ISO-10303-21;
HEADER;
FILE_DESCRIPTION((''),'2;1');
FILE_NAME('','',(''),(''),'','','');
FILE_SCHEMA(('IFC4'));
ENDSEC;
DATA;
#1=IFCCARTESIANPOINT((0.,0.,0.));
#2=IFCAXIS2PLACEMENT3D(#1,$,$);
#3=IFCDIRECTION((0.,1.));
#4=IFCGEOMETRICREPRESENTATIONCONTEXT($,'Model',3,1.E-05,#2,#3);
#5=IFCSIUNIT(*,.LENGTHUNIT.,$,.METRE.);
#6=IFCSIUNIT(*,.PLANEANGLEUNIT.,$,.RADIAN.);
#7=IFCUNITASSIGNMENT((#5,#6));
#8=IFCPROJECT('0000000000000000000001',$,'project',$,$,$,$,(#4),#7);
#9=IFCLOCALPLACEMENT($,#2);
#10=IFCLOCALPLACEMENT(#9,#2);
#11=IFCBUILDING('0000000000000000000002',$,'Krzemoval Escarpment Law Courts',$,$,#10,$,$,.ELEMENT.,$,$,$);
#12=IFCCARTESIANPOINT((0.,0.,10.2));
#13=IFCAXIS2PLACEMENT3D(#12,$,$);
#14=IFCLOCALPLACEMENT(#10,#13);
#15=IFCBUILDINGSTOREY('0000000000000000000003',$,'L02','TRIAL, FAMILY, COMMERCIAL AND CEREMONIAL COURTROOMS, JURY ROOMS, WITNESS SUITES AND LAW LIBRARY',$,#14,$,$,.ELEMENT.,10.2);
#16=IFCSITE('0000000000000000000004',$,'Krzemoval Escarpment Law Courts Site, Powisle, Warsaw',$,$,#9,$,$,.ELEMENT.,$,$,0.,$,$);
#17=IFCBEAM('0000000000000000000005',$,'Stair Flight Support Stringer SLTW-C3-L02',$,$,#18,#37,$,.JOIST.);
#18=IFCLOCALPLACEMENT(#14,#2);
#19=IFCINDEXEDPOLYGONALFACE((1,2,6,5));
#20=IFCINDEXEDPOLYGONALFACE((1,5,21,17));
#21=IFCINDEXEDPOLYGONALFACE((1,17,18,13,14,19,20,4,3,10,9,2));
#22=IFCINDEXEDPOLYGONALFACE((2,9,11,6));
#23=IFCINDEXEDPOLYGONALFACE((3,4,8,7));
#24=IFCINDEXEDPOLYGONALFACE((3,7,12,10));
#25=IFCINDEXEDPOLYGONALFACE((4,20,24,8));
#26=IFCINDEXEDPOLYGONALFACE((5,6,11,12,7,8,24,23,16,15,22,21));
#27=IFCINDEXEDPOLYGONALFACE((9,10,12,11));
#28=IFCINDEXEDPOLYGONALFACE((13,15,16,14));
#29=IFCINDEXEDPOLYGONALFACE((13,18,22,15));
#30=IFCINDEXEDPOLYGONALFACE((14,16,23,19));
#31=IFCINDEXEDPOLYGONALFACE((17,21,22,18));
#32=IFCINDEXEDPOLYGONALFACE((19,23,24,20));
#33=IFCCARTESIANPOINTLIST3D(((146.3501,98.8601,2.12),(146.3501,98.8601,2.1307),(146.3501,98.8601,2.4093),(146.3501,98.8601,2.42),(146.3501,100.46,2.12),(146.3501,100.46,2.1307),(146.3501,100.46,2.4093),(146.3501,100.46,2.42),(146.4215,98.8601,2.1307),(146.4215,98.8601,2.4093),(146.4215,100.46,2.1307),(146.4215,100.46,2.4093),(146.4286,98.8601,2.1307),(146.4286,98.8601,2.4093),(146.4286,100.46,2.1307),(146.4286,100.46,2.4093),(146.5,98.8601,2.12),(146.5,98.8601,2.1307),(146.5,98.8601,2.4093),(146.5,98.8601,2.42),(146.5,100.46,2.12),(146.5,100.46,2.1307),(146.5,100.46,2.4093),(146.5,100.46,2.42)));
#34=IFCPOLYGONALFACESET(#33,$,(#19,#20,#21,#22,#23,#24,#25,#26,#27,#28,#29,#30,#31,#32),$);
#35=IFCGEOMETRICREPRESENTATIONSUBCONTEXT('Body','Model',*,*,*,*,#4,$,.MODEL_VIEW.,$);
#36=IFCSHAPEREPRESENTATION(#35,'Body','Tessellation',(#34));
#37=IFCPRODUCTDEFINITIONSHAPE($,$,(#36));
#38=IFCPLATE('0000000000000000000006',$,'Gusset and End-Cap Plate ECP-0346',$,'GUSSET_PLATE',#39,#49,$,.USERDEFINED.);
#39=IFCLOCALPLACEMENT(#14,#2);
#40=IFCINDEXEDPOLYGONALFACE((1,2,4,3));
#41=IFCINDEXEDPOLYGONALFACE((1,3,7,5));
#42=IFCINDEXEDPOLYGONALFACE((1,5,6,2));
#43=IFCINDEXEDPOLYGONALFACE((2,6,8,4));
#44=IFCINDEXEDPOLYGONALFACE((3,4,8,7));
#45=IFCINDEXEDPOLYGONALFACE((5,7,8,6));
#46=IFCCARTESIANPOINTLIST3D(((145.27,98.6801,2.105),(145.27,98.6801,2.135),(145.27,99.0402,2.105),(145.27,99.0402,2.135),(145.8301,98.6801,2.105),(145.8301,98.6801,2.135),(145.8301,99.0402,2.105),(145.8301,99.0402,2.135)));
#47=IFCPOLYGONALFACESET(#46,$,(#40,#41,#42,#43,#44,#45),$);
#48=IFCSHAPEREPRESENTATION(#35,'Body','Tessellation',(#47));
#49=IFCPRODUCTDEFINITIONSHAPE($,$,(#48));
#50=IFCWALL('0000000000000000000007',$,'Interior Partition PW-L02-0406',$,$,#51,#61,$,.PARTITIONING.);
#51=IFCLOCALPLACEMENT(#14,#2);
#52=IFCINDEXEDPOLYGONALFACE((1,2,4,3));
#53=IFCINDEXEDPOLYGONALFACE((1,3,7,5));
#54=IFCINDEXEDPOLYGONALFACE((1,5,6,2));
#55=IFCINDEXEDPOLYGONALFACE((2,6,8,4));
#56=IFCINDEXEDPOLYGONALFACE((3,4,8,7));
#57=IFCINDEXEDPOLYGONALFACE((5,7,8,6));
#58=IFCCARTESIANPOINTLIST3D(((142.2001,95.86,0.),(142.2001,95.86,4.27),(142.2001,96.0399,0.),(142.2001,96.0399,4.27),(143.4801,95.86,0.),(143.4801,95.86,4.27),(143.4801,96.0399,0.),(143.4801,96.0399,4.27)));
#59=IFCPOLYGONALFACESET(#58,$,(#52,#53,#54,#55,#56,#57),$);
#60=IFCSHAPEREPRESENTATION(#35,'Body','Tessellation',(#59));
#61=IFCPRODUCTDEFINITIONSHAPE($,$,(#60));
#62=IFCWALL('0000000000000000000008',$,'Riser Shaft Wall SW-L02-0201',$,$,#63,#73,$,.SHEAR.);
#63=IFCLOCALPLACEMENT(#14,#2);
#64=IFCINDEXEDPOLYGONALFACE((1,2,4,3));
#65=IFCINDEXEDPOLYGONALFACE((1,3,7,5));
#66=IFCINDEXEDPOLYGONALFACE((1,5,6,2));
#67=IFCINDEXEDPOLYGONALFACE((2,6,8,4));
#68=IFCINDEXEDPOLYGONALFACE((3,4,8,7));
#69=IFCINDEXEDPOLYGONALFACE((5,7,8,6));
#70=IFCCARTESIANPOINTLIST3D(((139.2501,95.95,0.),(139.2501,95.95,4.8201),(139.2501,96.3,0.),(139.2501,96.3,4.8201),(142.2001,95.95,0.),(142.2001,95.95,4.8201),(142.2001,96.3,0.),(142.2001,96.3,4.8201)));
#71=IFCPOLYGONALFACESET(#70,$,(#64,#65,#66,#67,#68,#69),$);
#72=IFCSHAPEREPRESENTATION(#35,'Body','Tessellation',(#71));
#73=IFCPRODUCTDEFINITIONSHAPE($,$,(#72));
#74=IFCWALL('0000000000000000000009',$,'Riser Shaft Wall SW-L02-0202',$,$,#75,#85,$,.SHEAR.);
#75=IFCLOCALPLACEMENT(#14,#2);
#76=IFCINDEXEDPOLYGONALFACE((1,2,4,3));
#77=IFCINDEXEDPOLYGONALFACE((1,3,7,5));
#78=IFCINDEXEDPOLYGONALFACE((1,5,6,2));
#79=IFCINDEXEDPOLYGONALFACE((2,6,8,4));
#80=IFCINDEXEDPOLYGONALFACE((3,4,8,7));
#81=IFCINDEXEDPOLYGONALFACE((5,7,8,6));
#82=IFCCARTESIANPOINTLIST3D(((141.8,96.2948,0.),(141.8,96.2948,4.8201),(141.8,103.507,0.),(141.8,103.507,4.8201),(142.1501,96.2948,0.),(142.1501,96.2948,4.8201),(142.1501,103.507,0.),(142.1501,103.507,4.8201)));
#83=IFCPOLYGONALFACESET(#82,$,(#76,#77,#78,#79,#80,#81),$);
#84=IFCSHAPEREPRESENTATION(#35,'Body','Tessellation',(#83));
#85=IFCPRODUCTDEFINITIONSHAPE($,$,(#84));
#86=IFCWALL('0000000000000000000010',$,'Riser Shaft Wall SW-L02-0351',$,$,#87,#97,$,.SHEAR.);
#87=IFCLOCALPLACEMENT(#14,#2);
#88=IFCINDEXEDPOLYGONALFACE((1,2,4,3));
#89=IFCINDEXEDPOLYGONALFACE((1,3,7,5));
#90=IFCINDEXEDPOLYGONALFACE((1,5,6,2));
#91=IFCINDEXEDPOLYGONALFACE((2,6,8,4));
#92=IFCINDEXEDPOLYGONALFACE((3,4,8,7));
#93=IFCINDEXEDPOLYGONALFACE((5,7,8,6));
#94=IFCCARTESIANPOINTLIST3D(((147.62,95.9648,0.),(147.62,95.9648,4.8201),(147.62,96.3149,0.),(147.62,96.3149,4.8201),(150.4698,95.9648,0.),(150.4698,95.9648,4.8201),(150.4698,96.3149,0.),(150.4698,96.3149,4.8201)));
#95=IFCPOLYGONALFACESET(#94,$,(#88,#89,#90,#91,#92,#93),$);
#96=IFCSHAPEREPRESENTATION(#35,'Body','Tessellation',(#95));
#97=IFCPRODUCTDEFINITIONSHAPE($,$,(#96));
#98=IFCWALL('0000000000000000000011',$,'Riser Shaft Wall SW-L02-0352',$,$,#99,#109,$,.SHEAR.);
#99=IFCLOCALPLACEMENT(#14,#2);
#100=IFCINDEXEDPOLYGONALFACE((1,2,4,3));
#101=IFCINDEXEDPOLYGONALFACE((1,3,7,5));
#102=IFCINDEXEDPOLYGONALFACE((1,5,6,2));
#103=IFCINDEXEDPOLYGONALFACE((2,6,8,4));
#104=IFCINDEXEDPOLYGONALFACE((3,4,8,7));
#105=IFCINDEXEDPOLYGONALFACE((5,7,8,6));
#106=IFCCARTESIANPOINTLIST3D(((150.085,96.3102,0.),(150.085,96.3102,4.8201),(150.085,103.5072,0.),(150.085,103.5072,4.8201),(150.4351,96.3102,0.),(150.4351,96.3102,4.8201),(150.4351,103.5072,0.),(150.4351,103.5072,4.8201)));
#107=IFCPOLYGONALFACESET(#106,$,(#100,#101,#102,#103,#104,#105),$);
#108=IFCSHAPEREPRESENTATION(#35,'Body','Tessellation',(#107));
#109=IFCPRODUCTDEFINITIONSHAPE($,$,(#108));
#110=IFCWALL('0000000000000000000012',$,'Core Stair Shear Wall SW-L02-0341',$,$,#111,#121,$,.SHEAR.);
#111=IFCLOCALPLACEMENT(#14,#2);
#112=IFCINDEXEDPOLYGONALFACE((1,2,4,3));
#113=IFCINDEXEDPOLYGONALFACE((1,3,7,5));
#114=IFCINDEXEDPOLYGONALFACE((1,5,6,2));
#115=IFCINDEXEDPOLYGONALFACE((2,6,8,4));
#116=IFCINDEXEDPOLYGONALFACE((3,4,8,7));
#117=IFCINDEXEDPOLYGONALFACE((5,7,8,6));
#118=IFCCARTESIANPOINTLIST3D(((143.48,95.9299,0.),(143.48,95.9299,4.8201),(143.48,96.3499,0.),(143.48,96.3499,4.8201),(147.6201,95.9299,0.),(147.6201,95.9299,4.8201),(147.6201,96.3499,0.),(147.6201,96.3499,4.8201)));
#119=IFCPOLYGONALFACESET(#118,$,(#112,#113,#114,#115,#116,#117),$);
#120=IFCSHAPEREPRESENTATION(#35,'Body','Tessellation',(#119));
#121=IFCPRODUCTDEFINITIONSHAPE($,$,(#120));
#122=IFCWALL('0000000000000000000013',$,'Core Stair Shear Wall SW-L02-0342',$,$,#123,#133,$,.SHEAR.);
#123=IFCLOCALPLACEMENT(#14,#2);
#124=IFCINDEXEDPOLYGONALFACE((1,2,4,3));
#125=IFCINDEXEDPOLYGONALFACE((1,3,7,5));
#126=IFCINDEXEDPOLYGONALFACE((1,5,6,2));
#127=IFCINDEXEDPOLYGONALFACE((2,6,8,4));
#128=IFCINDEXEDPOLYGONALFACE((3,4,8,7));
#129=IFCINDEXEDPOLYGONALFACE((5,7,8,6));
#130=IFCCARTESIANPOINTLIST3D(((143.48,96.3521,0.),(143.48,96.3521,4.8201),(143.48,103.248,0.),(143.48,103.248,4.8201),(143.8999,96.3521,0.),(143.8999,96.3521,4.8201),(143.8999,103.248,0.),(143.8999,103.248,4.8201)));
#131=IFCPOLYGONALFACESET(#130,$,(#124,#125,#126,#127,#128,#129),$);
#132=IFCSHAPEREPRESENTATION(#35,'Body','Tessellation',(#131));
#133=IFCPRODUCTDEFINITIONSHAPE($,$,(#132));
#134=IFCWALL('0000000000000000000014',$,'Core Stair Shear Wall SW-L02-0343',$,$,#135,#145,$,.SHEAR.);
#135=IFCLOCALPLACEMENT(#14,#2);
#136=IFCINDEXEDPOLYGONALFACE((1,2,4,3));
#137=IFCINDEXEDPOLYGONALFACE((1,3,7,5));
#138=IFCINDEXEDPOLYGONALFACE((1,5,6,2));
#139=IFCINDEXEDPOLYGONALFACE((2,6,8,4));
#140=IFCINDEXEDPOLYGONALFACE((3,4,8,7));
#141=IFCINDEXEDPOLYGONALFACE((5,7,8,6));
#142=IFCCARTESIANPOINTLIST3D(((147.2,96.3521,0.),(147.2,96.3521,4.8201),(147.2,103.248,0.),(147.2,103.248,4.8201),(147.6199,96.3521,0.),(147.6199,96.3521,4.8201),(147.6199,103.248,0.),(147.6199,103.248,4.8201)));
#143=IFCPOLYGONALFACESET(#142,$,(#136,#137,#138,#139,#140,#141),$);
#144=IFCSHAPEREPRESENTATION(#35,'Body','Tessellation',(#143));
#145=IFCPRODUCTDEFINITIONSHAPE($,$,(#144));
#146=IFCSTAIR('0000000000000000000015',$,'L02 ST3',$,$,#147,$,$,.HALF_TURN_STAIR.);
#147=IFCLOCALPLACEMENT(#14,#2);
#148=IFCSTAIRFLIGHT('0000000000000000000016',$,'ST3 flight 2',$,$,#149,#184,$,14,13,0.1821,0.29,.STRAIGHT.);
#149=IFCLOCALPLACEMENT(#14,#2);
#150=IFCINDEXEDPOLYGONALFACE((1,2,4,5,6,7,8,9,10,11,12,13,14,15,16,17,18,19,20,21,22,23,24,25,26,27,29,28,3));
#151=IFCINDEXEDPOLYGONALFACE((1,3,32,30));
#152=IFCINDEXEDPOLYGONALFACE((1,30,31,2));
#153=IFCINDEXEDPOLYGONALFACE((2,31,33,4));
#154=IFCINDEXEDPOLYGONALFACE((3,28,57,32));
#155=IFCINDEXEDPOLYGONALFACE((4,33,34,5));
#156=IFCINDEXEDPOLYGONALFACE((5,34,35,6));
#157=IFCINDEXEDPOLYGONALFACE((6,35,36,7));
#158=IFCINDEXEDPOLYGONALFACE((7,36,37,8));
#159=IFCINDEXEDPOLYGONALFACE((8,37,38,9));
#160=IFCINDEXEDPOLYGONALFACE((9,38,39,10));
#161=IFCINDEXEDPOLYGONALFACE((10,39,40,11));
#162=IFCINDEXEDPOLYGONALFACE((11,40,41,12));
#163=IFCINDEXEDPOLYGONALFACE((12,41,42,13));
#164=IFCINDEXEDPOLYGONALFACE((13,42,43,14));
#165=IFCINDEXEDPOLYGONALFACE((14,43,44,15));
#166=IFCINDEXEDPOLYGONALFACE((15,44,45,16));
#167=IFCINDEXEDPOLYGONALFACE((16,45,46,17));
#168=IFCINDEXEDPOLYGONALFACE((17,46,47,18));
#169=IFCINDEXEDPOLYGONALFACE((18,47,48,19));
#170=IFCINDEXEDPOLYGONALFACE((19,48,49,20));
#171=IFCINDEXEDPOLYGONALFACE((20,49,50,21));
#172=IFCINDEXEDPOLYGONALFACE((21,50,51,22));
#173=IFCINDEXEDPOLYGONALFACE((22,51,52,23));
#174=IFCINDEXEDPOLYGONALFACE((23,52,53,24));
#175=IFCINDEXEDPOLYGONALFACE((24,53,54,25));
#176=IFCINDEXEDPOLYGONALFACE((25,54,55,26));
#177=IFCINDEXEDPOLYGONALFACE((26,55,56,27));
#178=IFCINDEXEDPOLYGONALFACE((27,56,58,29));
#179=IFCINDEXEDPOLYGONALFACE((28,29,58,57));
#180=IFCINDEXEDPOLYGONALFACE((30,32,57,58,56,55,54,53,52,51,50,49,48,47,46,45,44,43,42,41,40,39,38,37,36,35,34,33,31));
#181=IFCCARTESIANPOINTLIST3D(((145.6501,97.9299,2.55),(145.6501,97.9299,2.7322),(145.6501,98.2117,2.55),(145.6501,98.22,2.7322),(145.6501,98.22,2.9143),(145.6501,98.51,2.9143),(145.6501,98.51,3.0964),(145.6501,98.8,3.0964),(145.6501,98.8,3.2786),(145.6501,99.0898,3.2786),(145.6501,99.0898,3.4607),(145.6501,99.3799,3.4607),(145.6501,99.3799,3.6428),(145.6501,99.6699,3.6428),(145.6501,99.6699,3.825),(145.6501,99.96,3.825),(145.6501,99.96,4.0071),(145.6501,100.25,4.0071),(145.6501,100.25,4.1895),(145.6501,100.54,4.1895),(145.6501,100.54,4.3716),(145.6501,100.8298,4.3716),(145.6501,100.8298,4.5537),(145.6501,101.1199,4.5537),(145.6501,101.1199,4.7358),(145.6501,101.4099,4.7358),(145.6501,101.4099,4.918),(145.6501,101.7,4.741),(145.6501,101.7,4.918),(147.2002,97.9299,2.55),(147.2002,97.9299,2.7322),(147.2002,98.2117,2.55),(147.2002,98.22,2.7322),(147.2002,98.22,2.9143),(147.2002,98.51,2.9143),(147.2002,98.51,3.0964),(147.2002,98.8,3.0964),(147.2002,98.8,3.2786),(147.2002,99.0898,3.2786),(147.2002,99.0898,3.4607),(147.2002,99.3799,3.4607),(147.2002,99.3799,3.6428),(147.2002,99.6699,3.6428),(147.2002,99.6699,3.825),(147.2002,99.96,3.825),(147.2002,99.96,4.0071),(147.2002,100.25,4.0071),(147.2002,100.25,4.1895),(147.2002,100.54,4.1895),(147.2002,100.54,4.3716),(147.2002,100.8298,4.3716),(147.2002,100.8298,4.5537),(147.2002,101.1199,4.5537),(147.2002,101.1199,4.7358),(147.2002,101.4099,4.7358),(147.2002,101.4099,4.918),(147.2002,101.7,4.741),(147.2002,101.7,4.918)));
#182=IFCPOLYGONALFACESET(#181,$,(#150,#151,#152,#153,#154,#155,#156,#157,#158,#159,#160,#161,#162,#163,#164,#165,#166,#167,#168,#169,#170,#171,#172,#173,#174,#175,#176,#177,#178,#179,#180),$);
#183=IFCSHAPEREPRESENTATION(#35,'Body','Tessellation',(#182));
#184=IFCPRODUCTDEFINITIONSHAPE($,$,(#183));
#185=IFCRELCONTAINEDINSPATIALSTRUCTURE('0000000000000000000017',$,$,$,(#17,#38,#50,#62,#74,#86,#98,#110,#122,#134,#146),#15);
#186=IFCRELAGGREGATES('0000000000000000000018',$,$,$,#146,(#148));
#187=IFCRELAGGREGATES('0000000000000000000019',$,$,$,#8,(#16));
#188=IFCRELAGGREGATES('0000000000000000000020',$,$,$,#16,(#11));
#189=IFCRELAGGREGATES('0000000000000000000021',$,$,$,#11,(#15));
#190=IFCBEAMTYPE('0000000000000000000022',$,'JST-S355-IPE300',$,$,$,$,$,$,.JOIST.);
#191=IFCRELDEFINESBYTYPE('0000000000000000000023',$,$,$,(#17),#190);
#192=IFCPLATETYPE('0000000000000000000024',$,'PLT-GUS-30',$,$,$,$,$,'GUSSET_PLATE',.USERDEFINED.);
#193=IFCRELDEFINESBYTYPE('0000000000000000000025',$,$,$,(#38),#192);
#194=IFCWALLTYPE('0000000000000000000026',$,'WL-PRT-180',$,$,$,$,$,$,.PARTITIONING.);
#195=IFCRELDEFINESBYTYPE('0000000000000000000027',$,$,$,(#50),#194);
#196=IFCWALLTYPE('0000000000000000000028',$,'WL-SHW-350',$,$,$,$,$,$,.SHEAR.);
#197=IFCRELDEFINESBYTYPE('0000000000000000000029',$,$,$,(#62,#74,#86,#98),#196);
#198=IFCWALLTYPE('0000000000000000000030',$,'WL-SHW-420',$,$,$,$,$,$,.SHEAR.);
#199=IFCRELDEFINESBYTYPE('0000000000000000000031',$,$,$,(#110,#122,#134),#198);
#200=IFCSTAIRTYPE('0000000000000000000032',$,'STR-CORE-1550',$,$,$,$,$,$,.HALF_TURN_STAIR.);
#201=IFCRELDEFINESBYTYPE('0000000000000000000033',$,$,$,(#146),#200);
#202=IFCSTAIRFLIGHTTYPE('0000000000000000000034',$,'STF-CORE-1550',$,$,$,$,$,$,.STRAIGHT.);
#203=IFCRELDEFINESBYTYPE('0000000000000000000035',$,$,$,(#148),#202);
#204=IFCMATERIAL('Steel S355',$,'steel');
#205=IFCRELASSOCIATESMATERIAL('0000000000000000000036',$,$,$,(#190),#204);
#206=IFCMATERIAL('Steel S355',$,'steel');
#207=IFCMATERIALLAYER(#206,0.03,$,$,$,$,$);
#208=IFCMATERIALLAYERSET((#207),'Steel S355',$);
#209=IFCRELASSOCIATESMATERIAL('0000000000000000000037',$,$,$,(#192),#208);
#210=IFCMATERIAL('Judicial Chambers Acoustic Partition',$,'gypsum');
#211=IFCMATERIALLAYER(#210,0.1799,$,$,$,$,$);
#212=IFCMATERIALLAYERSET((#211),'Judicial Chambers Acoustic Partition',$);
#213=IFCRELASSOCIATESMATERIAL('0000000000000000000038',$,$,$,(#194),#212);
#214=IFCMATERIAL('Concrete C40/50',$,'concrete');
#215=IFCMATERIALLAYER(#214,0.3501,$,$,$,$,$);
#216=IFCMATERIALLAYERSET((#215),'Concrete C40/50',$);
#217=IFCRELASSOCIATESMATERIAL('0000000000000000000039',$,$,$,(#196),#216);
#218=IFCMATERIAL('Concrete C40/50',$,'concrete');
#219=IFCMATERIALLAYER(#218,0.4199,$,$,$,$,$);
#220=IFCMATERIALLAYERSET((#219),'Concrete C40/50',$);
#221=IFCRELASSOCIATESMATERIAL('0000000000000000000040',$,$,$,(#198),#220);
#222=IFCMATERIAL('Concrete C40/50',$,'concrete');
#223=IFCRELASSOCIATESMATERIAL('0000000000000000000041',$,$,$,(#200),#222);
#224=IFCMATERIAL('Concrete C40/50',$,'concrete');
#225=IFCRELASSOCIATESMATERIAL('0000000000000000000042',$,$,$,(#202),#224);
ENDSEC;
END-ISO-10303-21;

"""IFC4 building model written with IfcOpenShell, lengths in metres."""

from ifc_helpers import new_model, si_unit, direction, frame, frame_2d, origin, origin_2d, place, context, subcontext, project, spatial, polyline, rectangle, i_section, outline, extrude, material, layer, layer_set, material_profile, profile_set, type_object, element, aggregate, save


model = new_model("IFC4")

# Units and contexts
model_context = context("Model", 3, precision=1e-05, world=origin(), true_north=direction((0.0, 1.0)))
body_context = subcontext(model_context, "Body", "Model", "MODEL_VIEW")
ifc_project = project(units=[si_unit("LENGTHUNIT", "METRE"), si_unit("PLANEANGLEUNIT", "RADIAN")], contexts=[model_context])

# Site, building, storey
site_placement = place(None, origin())
site = spatial("IfcSite", under=ifc_project, at=site_placement, Name="Krzemoval Escarpment Law Courts Site, Powisle, Warsaw", CompositionType="ELEMENT", RefElevation=0.0)
building_placement = place(site_placement, origin())
building = spatial("IfcBuilding", under=site, at=building_placement, Name="Krzemoval Escarpment Law Courts", CompositionType="ELEMENT")
storey_placement = place(building_placement, frame((0.0, 0.0, 10.2)))
storey = spatial("IfcBuildingStorey", under=building, at=storey_placement, Name="L02", Description="TRIAL, FAMILY, COMMERCIAL AND CEREMONIAL COURTROOMS, JURY ROOMS, WITNESS SUITES AND LAW LIBRARY", CompositionType="ELEMENT", Elevation=10.2)

# Beam
ifc_material_1 = material(Name="Steel S355", Category="steel")
ifc_material_profile_1 = material_profile(ifc_material_1, i_section(OverallWidth=0.1499, OverallDepth=0.3, WebThickness=0.0071, FlangeThickness=0.0107, at=origin_2d()), Name="IPE 300")
ifc_profile_set_1 = profile_set([ifc_material_profile_1], Name="Steel S355")
beam_type_1 = type_object("IfcBeamType", Name="JST-S355-IPE300", PredefinedType="JOIST", material=ifc_profile_set_1)
beam_1_placement = place(storey_placement, frame((146.425, 98.8601, 2.27), z_axis=(0.0, 1.0, 0.0), x_axis=(-1.0, 0.0, 0.0)))
element("IfcBeam", 1, at=beam_1_placement, inside=storey, type_object=beam_type_1, Name="Stair Flight Support Stringer SLTW-C3-L02", PredefinedType="JOIST", context=body_context, shape_type="SweptSolid", body=[
    extrude(i_section(OverallWidth=0.1499, OverallDepth=0.3, WebThickness=0.0071, FlangeThickness=0.0107, at=origin_2d()), origin(), (0.0, 0.0, 1.0), 1.5999),
])

# Plate
ifc_material_2 = material(Name="Steel S355", Category="steel")
ifc_layer_1 = layer(ifc_material_2, 0.03)
ifc_layer_set_1 = layer_set([ifc_layer_1], Name="Steel S355")
plate_type = type_object("IfcPlateType", Name="PLT-GUS-30", ElementType="GUSSET_PLATE", PredefinedType="USERDEFINED", material=ifc_layer_set_1)
plate_placement = place(storey_placement, frame((145.55, 98.8601, 2.105), z_axis=(0.0, 0.0, 1.0), x_axis=(1.0, 0.0, 0.0)))
element("IfcPlate", 2, at=plate_placement, inside=storey, type_object=plate_type, Name="Gusset and End-Cap Plate ECP-0346", ObjectType="GUSSET_PLATE", PredefinedType="USERDEFINED", context=body_context, shape_type="SweptSolid", body=[
    extrude(rectangle(XDim=0.5601, YDim=0.3601, at=origin_2d()), origin(), (0.0, 0.0, 1.0), 0.03),
])

# Walls
ifc_material_3 = material(Name="Judicial Chambers Acoustic Partition", Category="gypsum")
ifc_layer_2 = layer(ifc_material_3, 0.1799)
ifc_layer_set_2 = layer_set([ifc_layer_2], Name="Judicial Chambers Acoustic Partition")
wall_type_1 = type_object("IfcWallType", Name="WL-PRT-180", PredefinedType="PARTITIONING", material=ifc_layer_set_2)
wall_1_placement = place(storey_placement, frame((142.2, 95.95, 0.0), z_axis=(0.0, 0.0, 1.0), x_axis=(1.0, 0.0, 0.0)))
element("IfcWall", 3, at=wall_1_placement, inside=storey, type_object=wall_type_1, Name="Interior Partition PW-L02-0406", PredefinedType="PARTITIONING", context=body_context, shape_type="SweptSolid", body=[
    extrude(rectangle(XDim=1.28, YDim=0.1799, at=frame_2d((0.6401, 0.0))), origin(), (0.0, 0.0, 1.0), 4.27),
])
ifc_material_4 = material(Name="Concrete C40/50", Category="concrete")
ifc_layer_3 = layer(ifc_material_4, 0.3501)
ifc_layer_set_3 = layer_set([ifc_layer_3], Name="Concrete C40/50")
wall_type_2 = type_object("IfcWallType", Name="WL-SHW-350", PredefinedType="SHEAR", material=ifc_layer_set_3)
wall_2_placement = place(storey_placement, frame((139.25, 96.125, 0.0), z_axis=(0.0, 0.0, 1.0), x_axis=(1.0, 0.0, 0.0)))
element("IfcWall", 4, at=wall_2_placement, inside=storey, type_object=wall_type_2, Name="Riser Shaft Wall SW-L02-0201", PredefinedType="SHEAR", context=body_context, shape_type="SweptSolid", body=[
    extrude(rectangle(XDim=2.95, YDim=0.3501, at=frame_2d((1.4751, 0.0))), origin(), (0.0, 0.0, 1.0), 4.8201),
])
wall_3_placement = place(storey_placement, frame((141.9751, 96.2949, 0.0), z_axis=(0.0, 0.0, 1.0), x_axis=(0.0, 1.0, 0.0)))
element("IfcWall", 5, at=wall_3_placement, inside=storey, type_object=wall_type_2, Name="Riser Shaft Wall SW-L02-0202", PredefinedType="SHEAR", context=body_context, shape_type="SweptSolid", body=[
    extrude(rectangle(XDim=7.2122, YDim=0.3501, at=frame_2d((3.606, 0.0))), origin(), (0.0, 0.0, 1.0), 4.8201),
])
wall_4_placement = place(storey_placement, frame((147.6201, 96.1399, 0.0), z_axis=(0.0, 0.0, 1.0), x_axis=(1.0, 0.0, 0.0)))
element("IfcWall", 6, at=wall_4_placement, inside=storey, type_object=wall_type_2, Name="Riser Shaft Wall SW-L02-0351", PredefinedType="SHEAR", context=body_context, shape_type="SweptSolid", body=[
    extrude(rectangle(XDim=2.8499, YDim=0.3501, at=frame_2d((1.4248, 0.0))), origin(), (0.0, 0.0, 1.0), 4.8201),
])
wall_5_placement = place(storey_placement, frame((150.26, 96.3101, 0.0), z_axis=(0.0, 0.0, 1.0), x_axis=(0.0, 1.0, 0.0)))
element("IfcWall", 7, at=wall_5_placement, inside=storey, type_object=wall_type_2, Name="Riser Shaft Wall SW-L02-0352", PredefinedType="SHEAR", context=body_context, shape_type="SweptSolid", body=[
    extrude(rectangle(XDim=7.197, YDim=0.3501, at=frame_2d((3.5986, 0.0))), origin(), (0.0, 0.0, 1.0), 4.8201),
])
ifc_material_5 = material(Name="Concrete C40/50", Category="concrete")
ifc_layer_4 = layer(ifc_material_5, 0.4199)
ifc_layer_set_4 = layer_set([ifc_layer_4], Name="Concrete C40/50")
wall_type_3 = type_object("IfcWallType", Name="WL-SHW-420", PredefinedType="SHEAR", material=ifc_layer_set_4)
wall_6_placement = place(storey_placement, frame((143.48, 96.1399, 0.0), z_axis=(0.0, 0.0, 1.0), x_axis=(1.0, 0.0, 0.0)))
element("IfcWall", 8, at=wall_6_placement, inside=storey, type_object=wall_type_3, Name="Core Stair Shear Wall SW-L02-0341", PredefinedType="SHEAR", context=body_context, shape_type="SweptSolid", body=[
    extrude(rectangle(XDim=4.1401, YDim=0.4199, at=frame_2d((2.0701, 0.0))), origin(), (0.0, 0.0, 1.0), 4.8201),
])
for number, where, z_axis, x_axis, name in (
    (9, (143.6899, 96.3521, 0.0), (0.0, 0.0, 1.0), (0.0, 1.0, 0.0), "Core Stair Shear Wall SW-L02-0342"),
    (10, (147.4099, 96.3521, 0.0), (0.0, 0.0, 1.0), (0.0, 1.0, 0.0), "Core Stair Shear Wall SW-L02-0343"),
):
    element("IfcWall", number, at=place(storey_placement, frame(where, z_axis=z_axis, x_axis=x_axis)), inside=storey, type_object=wall_type_3, Name=name, PredefinedType="SHEAR", context=body_context, shape_type="SweptSolid", body=[
        extrude(rectangle(XDim=6.896, YDim=0.4199, at=frame_2d((3.448, 0.0))), origin(), (0.0, 0.0, 1.0), 4.8201),
    ])

# Stair, stair flight
ifc_material_6 = material(Name="Concrete C40/50", Category="concrete")
stair_type = type_object("IfcStairType", Name="STR-CORE-1550", PredefinedType="HALF_TURN_STAIR", material=ifc_material_6)
stair_placement = place(storey_placement, origin())
stair = element("IfcStair", 11, at=stair_placement, inside=storey, type_object=stair_type, Name="L02 ST3", PredefinedType="HALF_TURN_STAIR")
ifc_material_7 = material(Name="Concrete C40/50", Category="concrete")
stair_flight_type = type_object("IfcStairFlightType", Name="STF-CORE-1550", PredefinedType="STRAIGHT", material=ifc_material_7)
stair_flight_placement = place(storey_placement, frame((146.425, 97.9299, 2.55), z_axis=(0.0, 0.0, 1.0), x_axis=(0.0, 1.0, 0.0)))
stair_flight = element("IfcStairFlight", 12, at=stair_flight_placement, type_object=stair_flight_type, Name="ST3 flight 2", NumberOfRisers=14, NumberOfTreads=13, PredefinedType="STRAIGHT", RiserHeight=0.1821, TreadLength=0.29, context=body_context, shape_type="SweptSolid", body=[
    extrude(outline(polyline([(0.0, 0.0), (0.0, 0.1821), (0.29, 0.1821), (0.29, 0.3643), (0.5801, 0.3643), (0.5801, 0.5464), (0.8701, 0.5464), (0.8701, 0.7285), (1.1599, 0.7285), (1.1599, 0.9106), (1.45, 0.9106), (1.45, 1.0928), (1.74, 1.0928), (1.74, 1.2749), (2.03, 1.2749), (2.03, 1.457), (2.3201, 1.457), (2.3201, 1.6394), (2.6101, 1.6394), (2.6101, 1.8215), (2.8999, 1.8215), (2.8999, 2.0037), (3.1899, 2.0037), (3.1899, 2.1858), (3.48, 2.1858), (3.48, 2.3679), (3.77, 2.3679), (3.77, 2.55), (3.77, 2.1909), (0.2817, 0.0), (0.0, 0.0)])), frame((0.0, 0.7749, 0.0), z_axis=(0.0, -1.0, 0.0), x_axis=(1.0, 0.0, 0.0)), (0.0, 0.0, 1.0), 1.55),
])
aggregate(stair, [stair_flight])

save(model, "model.ifc")
